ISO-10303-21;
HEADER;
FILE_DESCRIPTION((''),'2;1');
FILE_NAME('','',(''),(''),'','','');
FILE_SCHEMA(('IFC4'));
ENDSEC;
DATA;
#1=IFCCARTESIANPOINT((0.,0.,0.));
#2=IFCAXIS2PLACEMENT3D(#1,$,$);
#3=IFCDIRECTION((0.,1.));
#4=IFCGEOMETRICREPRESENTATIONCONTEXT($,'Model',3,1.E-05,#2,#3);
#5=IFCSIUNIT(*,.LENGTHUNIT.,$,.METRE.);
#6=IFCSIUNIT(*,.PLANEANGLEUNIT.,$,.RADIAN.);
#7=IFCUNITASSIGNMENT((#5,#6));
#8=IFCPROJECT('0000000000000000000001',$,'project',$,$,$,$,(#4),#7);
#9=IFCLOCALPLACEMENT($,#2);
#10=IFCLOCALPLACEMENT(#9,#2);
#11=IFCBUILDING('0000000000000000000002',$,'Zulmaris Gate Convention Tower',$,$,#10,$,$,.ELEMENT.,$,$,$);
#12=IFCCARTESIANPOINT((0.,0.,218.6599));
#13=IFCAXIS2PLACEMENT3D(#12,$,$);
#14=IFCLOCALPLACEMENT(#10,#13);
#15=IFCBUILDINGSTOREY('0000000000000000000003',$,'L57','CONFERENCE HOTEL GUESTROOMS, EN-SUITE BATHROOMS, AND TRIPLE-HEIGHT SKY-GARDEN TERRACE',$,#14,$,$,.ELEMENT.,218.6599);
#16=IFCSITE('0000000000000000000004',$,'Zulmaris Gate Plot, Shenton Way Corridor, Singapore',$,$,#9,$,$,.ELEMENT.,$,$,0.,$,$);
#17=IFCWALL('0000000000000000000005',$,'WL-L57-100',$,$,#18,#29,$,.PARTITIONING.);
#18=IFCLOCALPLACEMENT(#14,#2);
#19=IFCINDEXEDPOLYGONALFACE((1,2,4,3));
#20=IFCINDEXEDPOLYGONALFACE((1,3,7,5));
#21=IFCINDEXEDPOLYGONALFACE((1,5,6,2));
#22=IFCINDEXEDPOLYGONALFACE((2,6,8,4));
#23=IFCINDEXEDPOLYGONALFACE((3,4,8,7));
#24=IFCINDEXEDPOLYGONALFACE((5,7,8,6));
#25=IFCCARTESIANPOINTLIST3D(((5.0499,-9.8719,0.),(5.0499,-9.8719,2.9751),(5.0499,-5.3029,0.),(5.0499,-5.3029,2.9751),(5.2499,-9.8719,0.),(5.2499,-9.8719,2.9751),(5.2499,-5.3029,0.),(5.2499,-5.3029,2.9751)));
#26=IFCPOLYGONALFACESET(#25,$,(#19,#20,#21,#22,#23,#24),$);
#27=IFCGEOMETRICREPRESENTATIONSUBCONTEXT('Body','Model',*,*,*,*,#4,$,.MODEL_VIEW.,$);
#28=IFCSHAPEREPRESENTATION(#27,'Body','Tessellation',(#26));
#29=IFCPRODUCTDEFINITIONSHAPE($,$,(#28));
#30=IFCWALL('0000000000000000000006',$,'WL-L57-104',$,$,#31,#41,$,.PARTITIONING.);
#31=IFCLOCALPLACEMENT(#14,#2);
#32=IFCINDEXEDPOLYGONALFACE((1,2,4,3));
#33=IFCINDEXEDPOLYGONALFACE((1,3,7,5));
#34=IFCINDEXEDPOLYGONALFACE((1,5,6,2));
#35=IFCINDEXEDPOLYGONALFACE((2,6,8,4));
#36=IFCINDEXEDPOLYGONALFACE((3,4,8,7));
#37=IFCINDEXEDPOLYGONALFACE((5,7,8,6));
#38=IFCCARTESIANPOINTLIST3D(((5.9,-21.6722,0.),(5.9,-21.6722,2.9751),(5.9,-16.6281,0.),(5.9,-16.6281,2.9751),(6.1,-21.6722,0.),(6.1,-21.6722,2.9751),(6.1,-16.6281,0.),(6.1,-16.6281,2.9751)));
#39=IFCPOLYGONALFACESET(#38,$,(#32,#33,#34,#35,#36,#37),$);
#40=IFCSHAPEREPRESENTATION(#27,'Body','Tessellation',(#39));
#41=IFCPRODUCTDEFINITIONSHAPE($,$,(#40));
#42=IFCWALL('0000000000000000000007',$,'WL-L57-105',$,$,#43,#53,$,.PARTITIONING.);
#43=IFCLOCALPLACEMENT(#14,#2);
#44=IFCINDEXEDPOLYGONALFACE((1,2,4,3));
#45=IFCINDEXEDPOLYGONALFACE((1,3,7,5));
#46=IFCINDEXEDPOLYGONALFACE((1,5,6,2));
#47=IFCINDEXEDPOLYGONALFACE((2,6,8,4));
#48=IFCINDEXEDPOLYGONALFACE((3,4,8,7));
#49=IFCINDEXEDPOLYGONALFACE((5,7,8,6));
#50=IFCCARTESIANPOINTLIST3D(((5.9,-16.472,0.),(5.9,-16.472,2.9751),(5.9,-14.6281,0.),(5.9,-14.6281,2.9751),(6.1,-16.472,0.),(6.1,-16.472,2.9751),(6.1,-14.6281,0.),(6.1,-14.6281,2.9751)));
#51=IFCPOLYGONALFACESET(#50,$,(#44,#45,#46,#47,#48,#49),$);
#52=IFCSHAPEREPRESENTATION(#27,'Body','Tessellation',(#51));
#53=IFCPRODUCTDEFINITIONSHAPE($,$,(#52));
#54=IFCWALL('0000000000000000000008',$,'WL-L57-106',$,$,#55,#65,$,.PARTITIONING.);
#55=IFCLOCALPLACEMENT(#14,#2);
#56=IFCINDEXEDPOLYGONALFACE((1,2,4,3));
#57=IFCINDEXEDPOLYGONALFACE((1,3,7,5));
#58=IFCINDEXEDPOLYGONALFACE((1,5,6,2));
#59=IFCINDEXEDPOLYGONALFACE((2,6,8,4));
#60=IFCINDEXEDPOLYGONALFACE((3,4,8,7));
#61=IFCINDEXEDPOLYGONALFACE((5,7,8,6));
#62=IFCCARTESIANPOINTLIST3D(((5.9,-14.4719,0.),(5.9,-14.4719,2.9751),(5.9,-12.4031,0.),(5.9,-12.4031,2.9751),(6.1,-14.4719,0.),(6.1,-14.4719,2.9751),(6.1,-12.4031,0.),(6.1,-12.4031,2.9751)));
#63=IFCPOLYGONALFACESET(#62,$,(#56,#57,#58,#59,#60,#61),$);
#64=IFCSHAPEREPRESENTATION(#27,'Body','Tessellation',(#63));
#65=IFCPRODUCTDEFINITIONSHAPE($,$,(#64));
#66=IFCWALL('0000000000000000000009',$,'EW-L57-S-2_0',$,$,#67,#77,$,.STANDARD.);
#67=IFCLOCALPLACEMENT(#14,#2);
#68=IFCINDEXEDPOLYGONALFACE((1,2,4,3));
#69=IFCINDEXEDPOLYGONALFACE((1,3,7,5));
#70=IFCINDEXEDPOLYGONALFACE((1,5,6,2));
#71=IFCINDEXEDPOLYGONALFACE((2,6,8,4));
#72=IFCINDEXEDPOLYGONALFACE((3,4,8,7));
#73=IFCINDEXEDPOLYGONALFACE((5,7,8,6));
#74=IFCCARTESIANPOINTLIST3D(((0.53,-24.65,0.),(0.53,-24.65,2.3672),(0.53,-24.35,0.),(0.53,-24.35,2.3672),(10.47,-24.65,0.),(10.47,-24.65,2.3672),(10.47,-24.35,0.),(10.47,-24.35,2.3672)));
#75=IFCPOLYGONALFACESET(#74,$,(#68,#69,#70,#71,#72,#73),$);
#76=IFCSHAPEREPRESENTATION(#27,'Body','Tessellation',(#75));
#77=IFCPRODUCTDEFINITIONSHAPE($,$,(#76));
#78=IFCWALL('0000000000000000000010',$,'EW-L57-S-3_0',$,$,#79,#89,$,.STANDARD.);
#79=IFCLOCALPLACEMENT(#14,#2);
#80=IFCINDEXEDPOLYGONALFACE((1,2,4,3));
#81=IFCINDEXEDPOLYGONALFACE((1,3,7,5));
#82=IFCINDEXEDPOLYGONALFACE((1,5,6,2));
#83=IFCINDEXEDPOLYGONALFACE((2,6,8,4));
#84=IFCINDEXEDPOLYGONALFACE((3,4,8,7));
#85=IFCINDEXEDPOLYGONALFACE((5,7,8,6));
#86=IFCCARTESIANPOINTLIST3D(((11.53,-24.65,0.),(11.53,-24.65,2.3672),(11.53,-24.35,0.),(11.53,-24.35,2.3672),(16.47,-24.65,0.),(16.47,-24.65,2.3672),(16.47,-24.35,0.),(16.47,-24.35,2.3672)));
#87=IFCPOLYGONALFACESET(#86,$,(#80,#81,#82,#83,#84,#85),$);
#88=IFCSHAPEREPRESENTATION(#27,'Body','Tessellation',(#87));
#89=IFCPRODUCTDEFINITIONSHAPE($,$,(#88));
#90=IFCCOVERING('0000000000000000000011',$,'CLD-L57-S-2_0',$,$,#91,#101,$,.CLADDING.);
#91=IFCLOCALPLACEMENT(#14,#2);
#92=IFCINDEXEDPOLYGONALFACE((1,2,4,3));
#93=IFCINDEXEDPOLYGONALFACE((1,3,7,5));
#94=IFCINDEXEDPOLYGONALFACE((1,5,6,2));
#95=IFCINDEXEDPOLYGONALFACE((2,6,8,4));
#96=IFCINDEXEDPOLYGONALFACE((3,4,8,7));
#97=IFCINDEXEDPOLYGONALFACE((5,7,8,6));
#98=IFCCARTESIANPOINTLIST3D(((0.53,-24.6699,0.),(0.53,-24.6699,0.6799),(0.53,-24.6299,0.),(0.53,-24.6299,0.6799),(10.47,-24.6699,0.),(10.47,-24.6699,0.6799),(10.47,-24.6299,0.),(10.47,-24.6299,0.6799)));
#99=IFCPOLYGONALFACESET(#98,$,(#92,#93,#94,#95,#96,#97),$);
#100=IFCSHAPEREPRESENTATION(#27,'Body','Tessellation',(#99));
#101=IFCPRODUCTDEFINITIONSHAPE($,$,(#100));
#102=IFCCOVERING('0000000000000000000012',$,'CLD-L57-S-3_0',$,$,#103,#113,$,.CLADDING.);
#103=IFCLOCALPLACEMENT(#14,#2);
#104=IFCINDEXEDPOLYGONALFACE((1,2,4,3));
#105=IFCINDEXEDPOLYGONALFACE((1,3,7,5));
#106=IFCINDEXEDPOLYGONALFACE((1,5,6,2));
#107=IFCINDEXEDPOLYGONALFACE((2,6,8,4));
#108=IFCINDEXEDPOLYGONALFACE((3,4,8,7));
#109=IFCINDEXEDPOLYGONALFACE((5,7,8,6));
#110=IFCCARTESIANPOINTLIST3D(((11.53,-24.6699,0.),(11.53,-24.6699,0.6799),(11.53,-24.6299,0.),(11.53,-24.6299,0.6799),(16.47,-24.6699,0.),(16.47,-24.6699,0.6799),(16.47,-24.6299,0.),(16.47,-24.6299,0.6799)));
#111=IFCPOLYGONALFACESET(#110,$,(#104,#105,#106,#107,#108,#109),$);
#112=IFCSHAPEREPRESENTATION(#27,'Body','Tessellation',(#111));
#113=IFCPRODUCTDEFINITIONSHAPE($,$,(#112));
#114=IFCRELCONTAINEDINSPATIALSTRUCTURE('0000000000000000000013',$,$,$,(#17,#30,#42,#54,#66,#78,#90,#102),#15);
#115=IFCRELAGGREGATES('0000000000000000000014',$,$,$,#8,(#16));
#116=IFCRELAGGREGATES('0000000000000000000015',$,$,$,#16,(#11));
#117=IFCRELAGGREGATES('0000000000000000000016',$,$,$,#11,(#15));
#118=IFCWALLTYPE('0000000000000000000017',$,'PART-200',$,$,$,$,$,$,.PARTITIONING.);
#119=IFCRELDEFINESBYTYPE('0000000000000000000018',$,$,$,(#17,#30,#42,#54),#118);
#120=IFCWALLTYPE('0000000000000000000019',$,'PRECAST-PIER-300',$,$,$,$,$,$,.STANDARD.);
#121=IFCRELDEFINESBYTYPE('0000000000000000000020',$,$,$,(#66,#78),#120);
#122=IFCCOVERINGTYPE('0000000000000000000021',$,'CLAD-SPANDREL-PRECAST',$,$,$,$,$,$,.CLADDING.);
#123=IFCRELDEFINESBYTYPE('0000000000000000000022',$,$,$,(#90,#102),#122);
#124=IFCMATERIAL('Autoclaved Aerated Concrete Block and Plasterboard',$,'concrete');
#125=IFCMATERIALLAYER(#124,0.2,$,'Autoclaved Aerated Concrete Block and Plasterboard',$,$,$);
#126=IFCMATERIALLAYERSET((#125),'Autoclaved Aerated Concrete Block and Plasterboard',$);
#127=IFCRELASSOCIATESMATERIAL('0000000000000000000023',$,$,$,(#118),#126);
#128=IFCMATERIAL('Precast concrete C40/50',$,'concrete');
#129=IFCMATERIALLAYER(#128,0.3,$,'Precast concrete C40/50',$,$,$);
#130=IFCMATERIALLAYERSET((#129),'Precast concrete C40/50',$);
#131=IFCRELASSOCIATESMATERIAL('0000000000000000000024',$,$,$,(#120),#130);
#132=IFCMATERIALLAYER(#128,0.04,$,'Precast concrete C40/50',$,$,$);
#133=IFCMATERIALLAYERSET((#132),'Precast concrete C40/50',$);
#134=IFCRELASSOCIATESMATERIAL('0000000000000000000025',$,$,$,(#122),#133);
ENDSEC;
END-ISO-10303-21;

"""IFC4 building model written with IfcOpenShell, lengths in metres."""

from ifc_helpers import new_model, si_unit, direction, frame, frame_2d, origin, place, context, subcontext, project, spatial, rectangle, extrude, material, layer, layer_set, type_object, element, save


model = new_model("IFC4")

# Units and contexts
model_context = context("Model", 3, precision=1e-05, world=origin(), true_north=direction((0.0, 1.0)))
body_context = subcontext(model_context, "Body", "Model", "MODEL_VIEW")
ifc_project = project(units=[si_unit("LENGTHUNIT", "METRE"), si_unit("PLANEANGLEUNIT", "RADIAN")], contexts=[model_context])

# Site, building, storey
site_placement = place(None, origin())
site = spatial("IfcSite", under=ifc_project, at=site_placement, Name="Zulmaris Gate Plot, Shenton Way Corridor, Singapore", CompositionType="ELEMENT", RefElevation=0.0)
building_placement = place(site_placement, origin())
building = spatial("IfcBuilding", under=site, at=building_placement, Name="Zulmaris Gate Convention Tower", CompositionType="ELEMENT")
storey_placement = place(building_placement, frame((0.0, 0.0, 218.6599)))
storey = spatial("IfcBuildingStorey", under=building, at=storey_placement, Name="L57", Description="CONFERENCE HOTEL GUESTROOMS, EN-SUITE BATHROOMS, AND TRIPLE-HEIGHT SKY-GARDEN TERRACE", CompositionType="ELEMENT", Elevation=218.6599)

# Shared definitions
ifc_material_1 = material(Name="Autoclaved Aerated Concrete Block and Plasterboard", Category="concrete")
ifc_layer_1 = layer(ifc_material_1, 0.2, Name="Autoclaved Aerated Concrete Block and Plasterboard")
ifc_layer_set_1 = layer_set([ifc_layer_1], Name="Autoclaved Aerated Concrete Block and Plasterboard")
wall_type_1 = type_object("IfcWallType", Name="PART-200", PredefinedType="PARTITIONING", material=ifc_layer_set_1)

# Wall
wall_1_placement = place(storey_placement, frame((5.1499, -9.8721, 0.0), z_axis=(0.0, 0.0, 1.0), x_axis=(0.0, 1.0, 0.0)))
element("IfcWall", 1, at=wall_1_placement, inside=storey, type_object=wall_type_1, Name="WL-L57-100", PredefinedType="PARTITIONING", context=body_context, shape_type="SweptSolid", body=[
    extrude(rectangle(XDim=4.5691, YDim=0.2, at=frame_2d((2.2847, 0.0))), origin(), (0.0, 0.0, 1.0), 2.9751),
])

# Walls
wall_2_placement = place(storey_placement, frame((6.0, -21.6721, 0.0), z_axis=(0.0, 0.0, 1.0), x_axis=(0.0, 1.0, 0.0)))
element("IfcWall", 2, at=wall_2_placement, inside=storey, type_object=wall_type_1, Name="WL-L57-104", PredefinedType="PARTITIONING", context=body_context, shape_type="SweptSolid", body=[
    extrude(rectangle(XDim=5.0442, YDim=0.2, at=frame_2d((2.522, 0.0))), origin(), (0.0, 0.0, 1.0), 2.9751),
])
wall_3_placement = place(storey_placement, frame((6.0, -16.4719, 0.0), z_axis=(0.0, 0.0, 1.0), x_axis=(0.0, 1.0, 0.0)))
element("IfcWall", 3, at=wall_3_placement, inside=storey, type_object=wall_type_1, Name="WL-L57-105", PredefinedType="PARTITIONING", context=body_context, shape_type="SweptSolid", body=[
    extrude(rectangle(XDim=1.844, YDim=0.2, at=frame_2d((0.9219, 0.0))), origin(), (0.0, 0.0, 1.0), 2.9751),
])
wall_4_placement = place(storey_placement, frame((6.0, -14.4719, 0.0), z_axis=(0.0, 0.0, 1.0), x_axis=(0.0, 1.0, 0.0)))
element("IfcWall", 4, at=wall_4_placement, inside=storey, type_object=wall_type_1, Name="WL-L57-106", PredefinedType="PARTITIONING", context=body_context, shape_type="SweptSolid", body=[
    extrude(rectangle(XDim=2.0688, YDim=0.2, at=frame_2d((1.0344, 0.0))), origin(), (0.0, 0.0, 1.0), 2.9751),
])
ifc_material_2 = material(Name="Precast concrete C40/50", Category="concrete")
ifc_layer_2 = layer(ifc_material_2, 0.3, Name="Precast concrete C40/50")
ifc_layer_set_2 = layer_set([ifc_layer_2], Name="Precast concrete C40/50")
wall_type_2 = type_object("IfcWallType", Name="PRECAST-PIER-300", PredefinedType="STANDARD", material=ifc_layer_set_2)
wall_5_placement = place(storey_placement, frame((0.53, -24.5, 0.0), z_axis=(0.0, 0.0, 1.0), x_axis=(1.0, 0.0, 0.0)))
element("IfcWall", 5, at=wall_5_placement, inside=storey, type_object=wall_type_2, Name="EW-L57-S-2_0", PredefinedType="STANDARD", context=body_context, shape_type="SweptSolid", body=[
    extrude(rectangle(XDim=9.9399, YDim=0.3, at=frame_2d((4.97, 0.0))), origin(), (0.0, 0.0, 1.0), 2.3672),
])
wall_6_placement = place(storey_placement, frame((11.53, -24.5, 0.0), z_axis=(0.0, 0.0, 1.0), x_axis=(1.0, 0.0, 0.0)))
element("IfcWall", 6, at=wall_6_placement, inside=storey, type_object=wall_type_2, Name="EW-L57-S-3_0", PredefinedType="STANDARD", context=body_context, shape_type="SweptSolid", body=[
    extrude(rectangle(XDim=4.9399, YDim=0.3, at=frame_2d((2.47, 0.0))), origin(), (0.0, 0.0, 1.0), 2.3672),
])

# Coverings
ifc_layer_3 = layer(ifc_material_2, 0.04, Name="Precast concrete C40/50")
ifc_layer_set_3 = layer_set([ifc_layer_3], Name="Precast concrete C40/50")
covering_type = type_object("IfcCoveringType", Name="CLAD-SPANDREL-PRECAST", PredefinedType="CLADDING", material=ifc_layer_set_3)
covering_1_placement = place(storey_placement, frame((0.53, -24.6499, 0.0), z_axis=(0.0, 0.0, 1.0), x_axis=(1.0, 0.0, 0.0)))
element("IfcCovering", 7, at=covering_1_placement, inside=storey, type_object=covering_type, Name="CLD-L57-S-2_0", PredefinedType="CLADDING", context=body_context, shape_type="SweptSolid", body=[
    extrude(rectangle(XDim=9.9399, YDim=0.04, at=frame_2d((4.97, 0.0))), origin(), (0.0, 0.0, 1.0), 0.6799),
])
covering_2_placement = place(storey_placement, frame((11.53, -24.6499, 0.0), z_axis=(0.0, 0.0, 1.0), x_axis=(1.0, 0.0, 0.0)))
element("IfcCovering", 8, at=covering_2_placement, inside=storey, type_object=covering_type, Name="CLD-L57-S-3_0", PredefinedType="CLADDING", context=body_context, shape_type="SweptSolid", body=[
    extrude(rectangle(XDim=4.9399, YDim=0.04, at=frame_2d((2.47, 0.0))), origin(), (0.0, 0.0, 1.0), 0.6799),
])

save(model, "model.ifc")
